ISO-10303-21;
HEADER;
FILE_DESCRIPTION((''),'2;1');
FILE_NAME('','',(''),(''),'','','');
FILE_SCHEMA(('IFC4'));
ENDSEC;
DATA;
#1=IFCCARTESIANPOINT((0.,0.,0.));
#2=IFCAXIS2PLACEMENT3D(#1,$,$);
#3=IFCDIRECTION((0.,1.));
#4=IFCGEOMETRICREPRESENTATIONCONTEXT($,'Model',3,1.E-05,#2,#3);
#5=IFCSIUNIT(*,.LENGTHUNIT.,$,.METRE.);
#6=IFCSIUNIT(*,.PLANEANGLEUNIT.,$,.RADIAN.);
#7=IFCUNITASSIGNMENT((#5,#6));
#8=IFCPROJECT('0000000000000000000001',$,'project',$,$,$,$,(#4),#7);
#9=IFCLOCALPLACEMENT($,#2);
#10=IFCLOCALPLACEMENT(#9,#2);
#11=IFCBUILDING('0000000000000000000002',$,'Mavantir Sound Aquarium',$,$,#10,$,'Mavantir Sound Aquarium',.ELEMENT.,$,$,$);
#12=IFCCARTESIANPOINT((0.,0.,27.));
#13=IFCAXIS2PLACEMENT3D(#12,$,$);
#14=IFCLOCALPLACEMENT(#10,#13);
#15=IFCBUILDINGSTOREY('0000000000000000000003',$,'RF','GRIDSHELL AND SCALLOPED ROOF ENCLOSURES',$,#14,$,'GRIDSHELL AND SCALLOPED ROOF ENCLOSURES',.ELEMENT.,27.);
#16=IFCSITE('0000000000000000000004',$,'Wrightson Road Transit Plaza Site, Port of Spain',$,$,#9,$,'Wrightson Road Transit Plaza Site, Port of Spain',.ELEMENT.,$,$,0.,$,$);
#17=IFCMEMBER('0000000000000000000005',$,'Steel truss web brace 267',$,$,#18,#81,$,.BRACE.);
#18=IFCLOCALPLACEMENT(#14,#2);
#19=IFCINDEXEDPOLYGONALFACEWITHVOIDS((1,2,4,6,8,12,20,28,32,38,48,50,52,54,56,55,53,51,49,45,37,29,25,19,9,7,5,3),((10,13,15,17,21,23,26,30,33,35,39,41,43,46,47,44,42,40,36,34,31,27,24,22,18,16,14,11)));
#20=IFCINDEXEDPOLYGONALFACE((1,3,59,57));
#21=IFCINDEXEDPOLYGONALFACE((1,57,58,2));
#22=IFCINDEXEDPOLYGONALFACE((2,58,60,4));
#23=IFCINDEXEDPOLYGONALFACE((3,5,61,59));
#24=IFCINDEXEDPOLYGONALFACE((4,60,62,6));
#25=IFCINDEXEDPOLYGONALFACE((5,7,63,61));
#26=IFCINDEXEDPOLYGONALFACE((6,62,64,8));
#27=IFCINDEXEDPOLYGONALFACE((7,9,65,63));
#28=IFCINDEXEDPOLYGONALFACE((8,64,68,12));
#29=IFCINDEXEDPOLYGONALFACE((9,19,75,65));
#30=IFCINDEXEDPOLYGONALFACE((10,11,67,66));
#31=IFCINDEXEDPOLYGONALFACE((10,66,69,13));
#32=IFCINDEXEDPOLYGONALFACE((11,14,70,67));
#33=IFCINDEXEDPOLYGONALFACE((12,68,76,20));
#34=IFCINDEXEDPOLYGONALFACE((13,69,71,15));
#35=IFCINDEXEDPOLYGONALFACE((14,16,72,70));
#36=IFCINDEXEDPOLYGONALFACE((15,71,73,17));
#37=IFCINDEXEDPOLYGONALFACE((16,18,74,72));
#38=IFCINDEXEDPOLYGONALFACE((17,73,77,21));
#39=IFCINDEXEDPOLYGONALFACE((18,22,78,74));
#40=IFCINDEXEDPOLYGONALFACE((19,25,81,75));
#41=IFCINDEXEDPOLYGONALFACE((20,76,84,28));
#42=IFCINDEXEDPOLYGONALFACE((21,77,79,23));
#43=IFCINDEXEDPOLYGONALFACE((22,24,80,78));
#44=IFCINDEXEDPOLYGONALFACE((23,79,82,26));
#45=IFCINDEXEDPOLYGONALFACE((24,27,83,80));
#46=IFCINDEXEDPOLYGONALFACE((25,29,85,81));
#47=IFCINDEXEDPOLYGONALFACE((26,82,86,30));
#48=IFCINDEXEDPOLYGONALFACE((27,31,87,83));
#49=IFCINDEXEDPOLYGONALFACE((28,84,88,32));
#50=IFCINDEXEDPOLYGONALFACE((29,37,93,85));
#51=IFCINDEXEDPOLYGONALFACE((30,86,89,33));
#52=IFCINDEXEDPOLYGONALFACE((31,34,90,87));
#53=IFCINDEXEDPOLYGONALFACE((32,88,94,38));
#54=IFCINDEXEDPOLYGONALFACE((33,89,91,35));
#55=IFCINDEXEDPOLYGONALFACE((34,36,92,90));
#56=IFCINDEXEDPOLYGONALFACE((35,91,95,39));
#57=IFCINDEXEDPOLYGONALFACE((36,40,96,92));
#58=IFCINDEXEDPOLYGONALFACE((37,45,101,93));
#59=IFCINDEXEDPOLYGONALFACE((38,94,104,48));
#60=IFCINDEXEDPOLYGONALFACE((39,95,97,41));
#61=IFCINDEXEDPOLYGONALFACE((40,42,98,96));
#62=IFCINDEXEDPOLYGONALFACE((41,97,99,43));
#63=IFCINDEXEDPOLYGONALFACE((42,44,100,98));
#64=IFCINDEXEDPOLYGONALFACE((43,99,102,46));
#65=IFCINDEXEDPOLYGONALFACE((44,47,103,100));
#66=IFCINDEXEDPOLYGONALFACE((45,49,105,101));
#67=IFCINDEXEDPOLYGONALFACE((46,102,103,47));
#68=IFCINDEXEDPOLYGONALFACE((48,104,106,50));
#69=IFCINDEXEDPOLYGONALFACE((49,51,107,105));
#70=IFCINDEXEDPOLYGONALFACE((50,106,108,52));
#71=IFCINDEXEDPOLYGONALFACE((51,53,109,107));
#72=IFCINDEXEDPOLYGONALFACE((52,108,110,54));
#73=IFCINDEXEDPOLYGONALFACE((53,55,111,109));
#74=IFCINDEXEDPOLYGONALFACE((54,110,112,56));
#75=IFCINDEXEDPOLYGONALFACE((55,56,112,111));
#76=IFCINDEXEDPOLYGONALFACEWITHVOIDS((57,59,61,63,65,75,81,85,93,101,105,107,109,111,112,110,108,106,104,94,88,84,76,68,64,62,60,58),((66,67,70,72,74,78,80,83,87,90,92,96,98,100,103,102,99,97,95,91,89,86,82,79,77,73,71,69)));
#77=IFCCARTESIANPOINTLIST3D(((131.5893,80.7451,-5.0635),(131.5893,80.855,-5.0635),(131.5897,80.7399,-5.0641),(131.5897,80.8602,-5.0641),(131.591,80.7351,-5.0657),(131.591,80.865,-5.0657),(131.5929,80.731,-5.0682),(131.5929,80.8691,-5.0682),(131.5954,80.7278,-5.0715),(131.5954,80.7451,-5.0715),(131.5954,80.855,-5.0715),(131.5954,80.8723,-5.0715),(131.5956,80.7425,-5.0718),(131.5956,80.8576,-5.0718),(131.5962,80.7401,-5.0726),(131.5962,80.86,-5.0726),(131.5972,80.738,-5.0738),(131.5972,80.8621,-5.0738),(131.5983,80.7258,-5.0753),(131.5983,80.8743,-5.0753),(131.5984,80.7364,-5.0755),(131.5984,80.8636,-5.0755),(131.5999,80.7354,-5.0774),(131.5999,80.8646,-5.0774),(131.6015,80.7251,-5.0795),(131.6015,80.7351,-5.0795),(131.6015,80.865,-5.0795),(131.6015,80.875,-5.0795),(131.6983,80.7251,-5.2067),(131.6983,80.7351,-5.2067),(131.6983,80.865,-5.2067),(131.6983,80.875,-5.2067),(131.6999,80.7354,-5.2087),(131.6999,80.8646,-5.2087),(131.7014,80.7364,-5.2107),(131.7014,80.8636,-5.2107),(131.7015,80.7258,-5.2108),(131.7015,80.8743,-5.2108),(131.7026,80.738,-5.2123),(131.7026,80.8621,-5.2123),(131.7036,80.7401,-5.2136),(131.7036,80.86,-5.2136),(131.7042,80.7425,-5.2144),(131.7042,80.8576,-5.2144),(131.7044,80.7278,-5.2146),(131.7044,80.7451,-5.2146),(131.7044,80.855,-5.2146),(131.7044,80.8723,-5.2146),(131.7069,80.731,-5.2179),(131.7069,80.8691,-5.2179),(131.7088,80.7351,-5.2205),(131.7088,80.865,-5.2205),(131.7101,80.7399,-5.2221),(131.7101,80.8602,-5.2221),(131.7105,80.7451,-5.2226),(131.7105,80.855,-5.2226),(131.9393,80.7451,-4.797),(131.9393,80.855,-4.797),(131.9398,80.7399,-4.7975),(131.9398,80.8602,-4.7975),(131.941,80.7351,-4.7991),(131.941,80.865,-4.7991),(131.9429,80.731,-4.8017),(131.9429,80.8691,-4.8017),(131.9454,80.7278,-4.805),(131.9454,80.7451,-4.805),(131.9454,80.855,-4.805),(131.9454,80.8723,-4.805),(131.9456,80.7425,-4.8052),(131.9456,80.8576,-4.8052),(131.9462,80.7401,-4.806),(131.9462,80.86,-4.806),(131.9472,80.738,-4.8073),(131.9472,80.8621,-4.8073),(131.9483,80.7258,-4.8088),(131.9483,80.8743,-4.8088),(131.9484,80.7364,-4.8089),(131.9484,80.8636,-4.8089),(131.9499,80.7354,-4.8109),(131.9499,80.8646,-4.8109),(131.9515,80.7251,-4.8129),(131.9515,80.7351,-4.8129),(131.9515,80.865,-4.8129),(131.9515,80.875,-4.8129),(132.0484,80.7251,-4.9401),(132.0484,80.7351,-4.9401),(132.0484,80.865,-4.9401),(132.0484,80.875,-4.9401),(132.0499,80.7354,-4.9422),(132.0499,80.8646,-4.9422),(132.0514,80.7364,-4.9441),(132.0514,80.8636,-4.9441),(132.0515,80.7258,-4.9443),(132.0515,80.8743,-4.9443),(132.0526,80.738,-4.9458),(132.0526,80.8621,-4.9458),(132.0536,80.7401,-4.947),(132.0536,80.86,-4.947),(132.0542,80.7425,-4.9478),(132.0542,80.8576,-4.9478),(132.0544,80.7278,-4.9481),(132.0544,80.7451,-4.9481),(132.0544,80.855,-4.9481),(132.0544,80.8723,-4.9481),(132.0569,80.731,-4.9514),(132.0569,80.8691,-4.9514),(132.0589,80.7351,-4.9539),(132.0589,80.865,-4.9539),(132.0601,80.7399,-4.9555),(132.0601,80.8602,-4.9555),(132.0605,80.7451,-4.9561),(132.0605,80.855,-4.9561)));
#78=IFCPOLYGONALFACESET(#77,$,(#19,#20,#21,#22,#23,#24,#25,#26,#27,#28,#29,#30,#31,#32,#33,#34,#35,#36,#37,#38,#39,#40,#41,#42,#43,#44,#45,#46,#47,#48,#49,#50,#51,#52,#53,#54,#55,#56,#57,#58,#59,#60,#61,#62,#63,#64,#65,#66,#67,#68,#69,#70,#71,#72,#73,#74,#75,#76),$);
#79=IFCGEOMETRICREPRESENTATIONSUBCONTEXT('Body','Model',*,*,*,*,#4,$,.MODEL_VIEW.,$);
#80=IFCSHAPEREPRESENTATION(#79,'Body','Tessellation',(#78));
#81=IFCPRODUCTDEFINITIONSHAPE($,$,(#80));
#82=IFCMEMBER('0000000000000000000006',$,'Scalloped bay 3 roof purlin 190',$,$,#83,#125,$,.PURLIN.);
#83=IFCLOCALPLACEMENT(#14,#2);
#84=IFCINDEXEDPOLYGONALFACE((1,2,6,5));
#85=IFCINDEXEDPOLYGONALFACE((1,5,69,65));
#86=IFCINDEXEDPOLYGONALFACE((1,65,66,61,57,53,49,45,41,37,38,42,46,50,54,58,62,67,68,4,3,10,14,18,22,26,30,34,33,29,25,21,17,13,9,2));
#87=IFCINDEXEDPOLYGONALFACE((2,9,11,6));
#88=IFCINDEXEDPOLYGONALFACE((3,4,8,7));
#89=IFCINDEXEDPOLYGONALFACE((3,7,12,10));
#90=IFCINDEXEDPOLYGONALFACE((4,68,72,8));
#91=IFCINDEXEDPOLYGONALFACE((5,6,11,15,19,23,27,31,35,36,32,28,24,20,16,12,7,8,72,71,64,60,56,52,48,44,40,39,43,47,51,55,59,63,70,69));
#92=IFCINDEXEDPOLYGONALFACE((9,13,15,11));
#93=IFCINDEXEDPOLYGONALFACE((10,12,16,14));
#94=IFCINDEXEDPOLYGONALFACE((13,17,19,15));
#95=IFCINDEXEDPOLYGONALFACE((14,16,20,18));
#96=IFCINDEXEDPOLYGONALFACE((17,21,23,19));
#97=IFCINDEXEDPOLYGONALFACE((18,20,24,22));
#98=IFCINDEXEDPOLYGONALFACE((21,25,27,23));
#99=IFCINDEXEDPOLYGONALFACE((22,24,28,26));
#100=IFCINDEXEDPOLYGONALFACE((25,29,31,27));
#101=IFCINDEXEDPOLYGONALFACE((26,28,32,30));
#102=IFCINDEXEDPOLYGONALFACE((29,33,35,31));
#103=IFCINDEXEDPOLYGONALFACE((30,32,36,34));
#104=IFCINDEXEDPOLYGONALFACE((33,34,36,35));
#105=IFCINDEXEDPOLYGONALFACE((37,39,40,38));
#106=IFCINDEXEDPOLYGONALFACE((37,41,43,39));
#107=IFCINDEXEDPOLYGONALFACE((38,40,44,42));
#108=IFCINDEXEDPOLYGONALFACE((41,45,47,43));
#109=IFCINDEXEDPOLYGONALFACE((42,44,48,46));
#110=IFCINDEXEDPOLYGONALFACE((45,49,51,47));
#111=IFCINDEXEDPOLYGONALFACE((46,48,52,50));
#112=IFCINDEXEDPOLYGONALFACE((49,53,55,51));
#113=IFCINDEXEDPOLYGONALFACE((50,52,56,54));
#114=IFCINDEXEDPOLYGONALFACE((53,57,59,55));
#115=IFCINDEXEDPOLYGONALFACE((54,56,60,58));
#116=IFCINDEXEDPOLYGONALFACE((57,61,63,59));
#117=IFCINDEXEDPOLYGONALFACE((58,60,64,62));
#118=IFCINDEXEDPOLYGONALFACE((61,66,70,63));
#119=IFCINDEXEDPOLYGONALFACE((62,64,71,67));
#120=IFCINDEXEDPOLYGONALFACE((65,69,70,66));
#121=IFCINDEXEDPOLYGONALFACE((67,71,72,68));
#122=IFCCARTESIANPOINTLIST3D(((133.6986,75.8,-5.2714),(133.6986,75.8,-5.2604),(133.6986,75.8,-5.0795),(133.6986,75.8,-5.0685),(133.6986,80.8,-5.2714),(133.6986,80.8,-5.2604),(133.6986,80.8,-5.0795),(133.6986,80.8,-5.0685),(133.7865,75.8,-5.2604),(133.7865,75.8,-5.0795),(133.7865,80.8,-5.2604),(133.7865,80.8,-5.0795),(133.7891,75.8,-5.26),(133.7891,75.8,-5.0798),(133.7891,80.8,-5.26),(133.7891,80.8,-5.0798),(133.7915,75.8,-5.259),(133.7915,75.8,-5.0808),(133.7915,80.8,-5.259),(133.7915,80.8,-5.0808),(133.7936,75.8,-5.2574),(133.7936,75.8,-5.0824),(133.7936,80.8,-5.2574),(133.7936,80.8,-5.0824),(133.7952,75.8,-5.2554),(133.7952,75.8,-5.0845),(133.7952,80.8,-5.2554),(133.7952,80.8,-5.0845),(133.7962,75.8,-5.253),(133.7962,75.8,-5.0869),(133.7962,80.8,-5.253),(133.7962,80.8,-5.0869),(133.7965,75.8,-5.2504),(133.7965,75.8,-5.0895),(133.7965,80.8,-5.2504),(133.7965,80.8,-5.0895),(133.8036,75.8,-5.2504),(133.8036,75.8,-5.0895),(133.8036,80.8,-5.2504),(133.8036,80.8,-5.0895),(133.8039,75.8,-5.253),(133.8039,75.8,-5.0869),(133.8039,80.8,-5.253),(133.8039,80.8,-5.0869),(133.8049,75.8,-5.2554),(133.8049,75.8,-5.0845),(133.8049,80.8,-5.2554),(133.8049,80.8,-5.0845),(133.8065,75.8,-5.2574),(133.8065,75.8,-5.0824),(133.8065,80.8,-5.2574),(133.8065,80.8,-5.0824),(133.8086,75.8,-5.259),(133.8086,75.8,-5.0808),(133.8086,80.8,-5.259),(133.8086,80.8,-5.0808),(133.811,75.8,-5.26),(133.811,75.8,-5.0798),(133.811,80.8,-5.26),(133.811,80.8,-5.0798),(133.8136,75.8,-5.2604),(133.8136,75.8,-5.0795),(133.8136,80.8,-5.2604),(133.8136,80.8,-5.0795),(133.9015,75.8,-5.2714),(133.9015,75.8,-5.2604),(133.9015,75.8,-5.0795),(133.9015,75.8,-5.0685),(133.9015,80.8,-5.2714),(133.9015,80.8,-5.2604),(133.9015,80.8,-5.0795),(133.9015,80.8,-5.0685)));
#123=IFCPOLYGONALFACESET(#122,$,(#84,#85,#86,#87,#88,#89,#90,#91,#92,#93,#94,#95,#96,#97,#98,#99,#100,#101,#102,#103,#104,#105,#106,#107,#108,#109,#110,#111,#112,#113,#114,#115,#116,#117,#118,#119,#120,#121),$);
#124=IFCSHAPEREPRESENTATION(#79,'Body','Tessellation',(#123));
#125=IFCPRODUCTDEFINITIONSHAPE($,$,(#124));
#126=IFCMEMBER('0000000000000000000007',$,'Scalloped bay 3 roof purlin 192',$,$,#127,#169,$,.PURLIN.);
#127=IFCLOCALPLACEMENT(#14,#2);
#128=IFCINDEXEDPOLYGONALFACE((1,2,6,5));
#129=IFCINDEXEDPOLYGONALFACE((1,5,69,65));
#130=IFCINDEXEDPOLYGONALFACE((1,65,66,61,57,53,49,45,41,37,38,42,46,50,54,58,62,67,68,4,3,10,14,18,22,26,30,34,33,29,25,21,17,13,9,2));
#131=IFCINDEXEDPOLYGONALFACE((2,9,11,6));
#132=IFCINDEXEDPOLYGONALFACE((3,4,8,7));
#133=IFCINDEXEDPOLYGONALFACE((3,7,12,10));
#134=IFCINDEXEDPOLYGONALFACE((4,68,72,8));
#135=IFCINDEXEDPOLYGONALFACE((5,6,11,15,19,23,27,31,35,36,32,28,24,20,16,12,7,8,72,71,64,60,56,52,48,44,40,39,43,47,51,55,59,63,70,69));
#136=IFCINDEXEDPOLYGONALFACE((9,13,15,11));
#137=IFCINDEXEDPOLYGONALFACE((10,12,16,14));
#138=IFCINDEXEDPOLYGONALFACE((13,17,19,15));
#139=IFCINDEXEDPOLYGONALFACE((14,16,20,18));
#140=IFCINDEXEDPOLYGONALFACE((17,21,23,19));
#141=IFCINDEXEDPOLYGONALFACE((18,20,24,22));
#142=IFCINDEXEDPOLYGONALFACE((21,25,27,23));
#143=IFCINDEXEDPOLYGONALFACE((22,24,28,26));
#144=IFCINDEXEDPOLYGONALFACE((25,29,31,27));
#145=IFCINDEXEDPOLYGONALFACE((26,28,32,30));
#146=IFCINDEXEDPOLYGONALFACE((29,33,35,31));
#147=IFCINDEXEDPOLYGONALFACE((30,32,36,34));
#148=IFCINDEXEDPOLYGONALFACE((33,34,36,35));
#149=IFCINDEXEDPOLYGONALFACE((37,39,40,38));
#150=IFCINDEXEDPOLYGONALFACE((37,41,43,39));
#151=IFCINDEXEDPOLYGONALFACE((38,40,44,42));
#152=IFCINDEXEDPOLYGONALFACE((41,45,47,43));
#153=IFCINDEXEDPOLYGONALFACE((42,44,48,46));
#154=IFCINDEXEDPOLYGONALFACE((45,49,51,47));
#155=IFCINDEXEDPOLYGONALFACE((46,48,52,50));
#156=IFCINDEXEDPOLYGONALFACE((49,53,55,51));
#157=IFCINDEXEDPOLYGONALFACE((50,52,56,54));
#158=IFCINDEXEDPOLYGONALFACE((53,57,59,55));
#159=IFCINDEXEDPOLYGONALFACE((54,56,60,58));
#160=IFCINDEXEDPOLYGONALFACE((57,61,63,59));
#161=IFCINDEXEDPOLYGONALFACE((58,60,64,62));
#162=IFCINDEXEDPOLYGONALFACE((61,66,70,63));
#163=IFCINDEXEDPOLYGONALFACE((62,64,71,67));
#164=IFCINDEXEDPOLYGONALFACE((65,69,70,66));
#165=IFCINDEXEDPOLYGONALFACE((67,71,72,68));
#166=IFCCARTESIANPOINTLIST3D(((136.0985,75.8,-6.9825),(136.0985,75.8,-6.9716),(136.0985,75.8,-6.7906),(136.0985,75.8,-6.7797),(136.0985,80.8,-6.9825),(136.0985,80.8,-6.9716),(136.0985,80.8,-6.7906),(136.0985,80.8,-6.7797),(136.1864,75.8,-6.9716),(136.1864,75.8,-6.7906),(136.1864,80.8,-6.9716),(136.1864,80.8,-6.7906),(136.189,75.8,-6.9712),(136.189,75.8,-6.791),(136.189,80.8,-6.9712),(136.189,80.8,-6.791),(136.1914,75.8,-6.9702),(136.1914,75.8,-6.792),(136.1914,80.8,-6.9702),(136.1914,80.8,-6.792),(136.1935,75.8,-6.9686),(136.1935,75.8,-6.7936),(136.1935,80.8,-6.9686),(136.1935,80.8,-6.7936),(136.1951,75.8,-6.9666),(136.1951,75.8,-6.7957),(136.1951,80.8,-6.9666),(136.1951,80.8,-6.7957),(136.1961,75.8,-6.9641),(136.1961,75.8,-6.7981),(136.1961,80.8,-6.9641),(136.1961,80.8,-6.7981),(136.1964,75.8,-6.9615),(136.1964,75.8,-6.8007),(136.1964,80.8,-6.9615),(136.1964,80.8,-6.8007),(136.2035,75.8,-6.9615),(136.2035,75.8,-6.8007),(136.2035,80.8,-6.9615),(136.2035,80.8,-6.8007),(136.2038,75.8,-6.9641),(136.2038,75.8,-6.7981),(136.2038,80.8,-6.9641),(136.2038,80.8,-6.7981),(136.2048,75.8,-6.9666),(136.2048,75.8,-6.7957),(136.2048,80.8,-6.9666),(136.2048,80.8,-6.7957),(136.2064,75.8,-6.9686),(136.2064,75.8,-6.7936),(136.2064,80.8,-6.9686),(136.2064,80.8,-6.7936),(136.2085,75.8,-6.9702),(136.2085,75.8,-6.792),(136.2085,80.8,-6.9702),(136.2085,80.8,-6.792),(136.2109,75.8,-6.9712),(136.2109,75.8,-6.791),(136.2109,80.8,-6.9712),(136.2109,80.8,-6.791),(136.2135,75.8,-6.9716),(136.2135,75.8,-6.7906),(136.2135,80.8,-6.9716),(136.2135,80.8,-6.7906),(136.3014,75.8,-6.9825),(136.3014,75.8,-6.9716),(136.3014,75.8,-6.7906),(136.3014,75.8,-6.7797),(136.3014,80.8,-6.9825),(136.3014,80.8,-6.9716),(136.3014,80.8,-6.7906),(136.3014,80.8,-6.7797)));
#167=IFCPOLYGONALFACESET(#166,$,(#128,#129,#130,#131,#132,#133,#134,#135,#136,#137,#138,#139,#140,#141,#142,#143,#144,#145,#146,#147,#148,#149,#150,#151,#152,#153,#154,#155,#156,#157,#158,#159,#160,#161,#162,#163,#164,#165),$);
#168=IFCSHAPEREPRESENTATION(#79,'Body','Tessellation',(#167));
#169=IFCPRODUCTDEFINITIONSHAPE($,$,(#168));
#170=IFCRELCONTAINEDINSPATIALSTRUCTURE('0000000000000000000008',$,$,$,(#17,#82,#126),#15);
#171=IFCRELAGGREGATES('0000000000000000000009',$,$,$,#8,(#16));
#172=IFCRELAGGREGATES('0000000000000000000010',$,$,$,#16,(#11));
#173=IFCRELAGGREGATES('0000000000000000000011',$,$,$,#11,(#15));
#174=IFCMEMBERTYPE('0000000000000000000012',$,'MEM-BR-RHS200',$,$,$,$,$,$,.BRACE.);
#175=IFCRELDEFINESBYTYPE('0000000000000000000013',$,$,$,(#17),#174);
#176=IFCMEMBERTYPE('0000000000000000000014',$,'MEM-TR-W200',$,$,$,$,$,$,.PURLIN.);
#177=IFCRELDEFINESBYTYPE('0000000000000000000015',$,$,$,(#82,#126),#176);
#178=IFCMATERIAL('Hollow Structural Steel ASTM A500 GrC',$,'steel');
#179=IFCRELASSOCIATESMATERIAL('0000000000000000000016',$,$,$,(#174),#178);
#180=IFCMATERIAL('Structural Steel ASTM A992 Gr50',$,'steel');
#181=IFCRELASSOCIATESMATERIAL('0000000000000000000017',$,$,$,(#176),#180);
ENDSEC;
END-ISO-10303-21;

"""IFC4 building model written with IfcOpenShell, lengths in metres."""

from ifc_helpers import new_model, si_unit, direction, frame, origin, origin_2d, place, context, subcontext, project, spatial, hollow_rectangle, i_section, extrude, material, material_profile, profile_set, type_object, element, save


model = new_model("IFC4")

# Units and contexts
model_context = context("Model", 3, precision=1e-05, world=origin(), true_north=direction((0.0, 1.0)))
body_context = subcontext(model_context, "Body", "Model", "MODEL_VIEW")
ifc_project = project(units=[si_unit("LENGTHUNIT", "METRE"), si_unit("PLANEANGLEUNIT", "RADIAN")], contexts=[model_context])

# Site, building, storey
site_placement = place(None, origin())
site = spatial("IfcSite", under=ifc_project, at=site_placement, Name="Wrightson Road Transit Plaza Site, Port of Spain", LongName="Wrightson Road Transit Plaza Site, Port of Spain", CompositionType="ELEMENT", RefElevation=0.0)
building_placement = place(site_placement, origin())
building = spatial("IfcBuilding", under=site, at=building_placement, Name="Mavantir Sound Aquarium", LongName="Mavantir Sound Aquarium", CompositionType="ELEMENT")
storey_placement = place(building_placement, frame((0.0, 0.0, 27.0)))
storey = spatial("IfcBuildingStorey", under=building, at=storey_placement, Name="RF", Description="GRIDSHELL AND SCALLOPED ROOF ENCLOSURES", LongName="GRIDSHELL AND SCALLOPED ROOF ENCLOSURES", CompositionType="ELEMENT", Elevation=27.0)

# Shared definitions
ifc_material_1 = material(Name="Structural Steel ASTM A992 Gr50", Category="steel")

# Members
ifc_material_2 = material(Name="Hollow Structural Steel ASTM A500 GrC", Category="steel")
ifc_material_profile_1 = material_profile(ifc_material_2, hollow_rectangle(XDim=0.1499, YDim=0.2, WallThickness=0.01, InnerFilletRadius=0.01, OuterFilletRadius=0.02, at=origin_2d()), Name="RHS 200X150X10")
ifc_profile_set_1 = profile_set([ifc_material_profile_1], Name="Hollow Structural Steel ASTM A500 GrC")
member_type_1 = type_object("IfcMemberType", Name="MEM-BR-RHS200", PredefinedType="BRACE", material=ifc_profile_set_1)
for number, where, z_axis, x_axis, name in (
    (1, (131.6499, 80.8, -5.1431), (0.795585, 0.0, 0.605843), (0.0, 1.0, 0.0), "Steel truss web brace 267"),
):
    element("IfcMember", number, at=place(storey_placement, frame(where, z_axis=z_axis, x_axis=x_axis)), inside=storey, type_object=member_type_1, Name=name, PredefinedType="BRACE", context=body_context, shape_type="SweptSolid", body=[
        extrude(hollow_rectangle(XDim=0.1499, YDim=0.2, WallThickness=0.01, InnerFilletRadius=0.01, OuterFilletRadius=0.02, at=origin_2d()), origin(), (0.0, 0.0, 1.0), 0.4399),
    ])
ifc_material_profile_2 = material_profile(ifc_material_1, i_section(OverallWidth=0.2029, OverallDepth=0.2029, WebThickness=0.0071, FlangeThickness=0.011, FilletRadius=0.01, at=origin_2d()), Name="W200X46")
ifc_profile_set_2 = profile_set([ifc_material_profile_2], Name="Structural Steel ASTM A992 Gr50")
member_type_2 = type_object("IfcMemberType", Name="MEM-TR-W200", PredefinedType="PURLIN", material=ifc_profile_set_2)
for number, where, z_axis, x_axis, name in (
    (2, (133.8, 75.8, -5.1699), (0.0, 1.0, 0.0), (-1.0, 0.0, 0.0), "Scalloped bay 3 roof purlin 190"),
    (3, (136.2, 75.8, -6.8811), (0.0, 1.0, 0.0), (-1.0, 0.0, 0.0), "Scalloped bay 3 roof purlin 192"),
):
    element("IfcMember", number, at=place(storey_placement, frame(where, z_axis=z_axis, x_axis=x_axis)), inside=storey, type_object=member_type_2, Name=name, PredefinedType="PURLIN", context=body_context, shape_type="SweptSolid", body=[
        extrude(i_section(OverallWidth=0.2029, OverallDepth=0.2029, WebThickness=0.0071, FlangeThickness=0.011, FilletRadius=0.01, at=origin_2d()), origin(), (0.0, 0.0, 1.0), 5.0),
    ])

save(model, "model.ifc")
